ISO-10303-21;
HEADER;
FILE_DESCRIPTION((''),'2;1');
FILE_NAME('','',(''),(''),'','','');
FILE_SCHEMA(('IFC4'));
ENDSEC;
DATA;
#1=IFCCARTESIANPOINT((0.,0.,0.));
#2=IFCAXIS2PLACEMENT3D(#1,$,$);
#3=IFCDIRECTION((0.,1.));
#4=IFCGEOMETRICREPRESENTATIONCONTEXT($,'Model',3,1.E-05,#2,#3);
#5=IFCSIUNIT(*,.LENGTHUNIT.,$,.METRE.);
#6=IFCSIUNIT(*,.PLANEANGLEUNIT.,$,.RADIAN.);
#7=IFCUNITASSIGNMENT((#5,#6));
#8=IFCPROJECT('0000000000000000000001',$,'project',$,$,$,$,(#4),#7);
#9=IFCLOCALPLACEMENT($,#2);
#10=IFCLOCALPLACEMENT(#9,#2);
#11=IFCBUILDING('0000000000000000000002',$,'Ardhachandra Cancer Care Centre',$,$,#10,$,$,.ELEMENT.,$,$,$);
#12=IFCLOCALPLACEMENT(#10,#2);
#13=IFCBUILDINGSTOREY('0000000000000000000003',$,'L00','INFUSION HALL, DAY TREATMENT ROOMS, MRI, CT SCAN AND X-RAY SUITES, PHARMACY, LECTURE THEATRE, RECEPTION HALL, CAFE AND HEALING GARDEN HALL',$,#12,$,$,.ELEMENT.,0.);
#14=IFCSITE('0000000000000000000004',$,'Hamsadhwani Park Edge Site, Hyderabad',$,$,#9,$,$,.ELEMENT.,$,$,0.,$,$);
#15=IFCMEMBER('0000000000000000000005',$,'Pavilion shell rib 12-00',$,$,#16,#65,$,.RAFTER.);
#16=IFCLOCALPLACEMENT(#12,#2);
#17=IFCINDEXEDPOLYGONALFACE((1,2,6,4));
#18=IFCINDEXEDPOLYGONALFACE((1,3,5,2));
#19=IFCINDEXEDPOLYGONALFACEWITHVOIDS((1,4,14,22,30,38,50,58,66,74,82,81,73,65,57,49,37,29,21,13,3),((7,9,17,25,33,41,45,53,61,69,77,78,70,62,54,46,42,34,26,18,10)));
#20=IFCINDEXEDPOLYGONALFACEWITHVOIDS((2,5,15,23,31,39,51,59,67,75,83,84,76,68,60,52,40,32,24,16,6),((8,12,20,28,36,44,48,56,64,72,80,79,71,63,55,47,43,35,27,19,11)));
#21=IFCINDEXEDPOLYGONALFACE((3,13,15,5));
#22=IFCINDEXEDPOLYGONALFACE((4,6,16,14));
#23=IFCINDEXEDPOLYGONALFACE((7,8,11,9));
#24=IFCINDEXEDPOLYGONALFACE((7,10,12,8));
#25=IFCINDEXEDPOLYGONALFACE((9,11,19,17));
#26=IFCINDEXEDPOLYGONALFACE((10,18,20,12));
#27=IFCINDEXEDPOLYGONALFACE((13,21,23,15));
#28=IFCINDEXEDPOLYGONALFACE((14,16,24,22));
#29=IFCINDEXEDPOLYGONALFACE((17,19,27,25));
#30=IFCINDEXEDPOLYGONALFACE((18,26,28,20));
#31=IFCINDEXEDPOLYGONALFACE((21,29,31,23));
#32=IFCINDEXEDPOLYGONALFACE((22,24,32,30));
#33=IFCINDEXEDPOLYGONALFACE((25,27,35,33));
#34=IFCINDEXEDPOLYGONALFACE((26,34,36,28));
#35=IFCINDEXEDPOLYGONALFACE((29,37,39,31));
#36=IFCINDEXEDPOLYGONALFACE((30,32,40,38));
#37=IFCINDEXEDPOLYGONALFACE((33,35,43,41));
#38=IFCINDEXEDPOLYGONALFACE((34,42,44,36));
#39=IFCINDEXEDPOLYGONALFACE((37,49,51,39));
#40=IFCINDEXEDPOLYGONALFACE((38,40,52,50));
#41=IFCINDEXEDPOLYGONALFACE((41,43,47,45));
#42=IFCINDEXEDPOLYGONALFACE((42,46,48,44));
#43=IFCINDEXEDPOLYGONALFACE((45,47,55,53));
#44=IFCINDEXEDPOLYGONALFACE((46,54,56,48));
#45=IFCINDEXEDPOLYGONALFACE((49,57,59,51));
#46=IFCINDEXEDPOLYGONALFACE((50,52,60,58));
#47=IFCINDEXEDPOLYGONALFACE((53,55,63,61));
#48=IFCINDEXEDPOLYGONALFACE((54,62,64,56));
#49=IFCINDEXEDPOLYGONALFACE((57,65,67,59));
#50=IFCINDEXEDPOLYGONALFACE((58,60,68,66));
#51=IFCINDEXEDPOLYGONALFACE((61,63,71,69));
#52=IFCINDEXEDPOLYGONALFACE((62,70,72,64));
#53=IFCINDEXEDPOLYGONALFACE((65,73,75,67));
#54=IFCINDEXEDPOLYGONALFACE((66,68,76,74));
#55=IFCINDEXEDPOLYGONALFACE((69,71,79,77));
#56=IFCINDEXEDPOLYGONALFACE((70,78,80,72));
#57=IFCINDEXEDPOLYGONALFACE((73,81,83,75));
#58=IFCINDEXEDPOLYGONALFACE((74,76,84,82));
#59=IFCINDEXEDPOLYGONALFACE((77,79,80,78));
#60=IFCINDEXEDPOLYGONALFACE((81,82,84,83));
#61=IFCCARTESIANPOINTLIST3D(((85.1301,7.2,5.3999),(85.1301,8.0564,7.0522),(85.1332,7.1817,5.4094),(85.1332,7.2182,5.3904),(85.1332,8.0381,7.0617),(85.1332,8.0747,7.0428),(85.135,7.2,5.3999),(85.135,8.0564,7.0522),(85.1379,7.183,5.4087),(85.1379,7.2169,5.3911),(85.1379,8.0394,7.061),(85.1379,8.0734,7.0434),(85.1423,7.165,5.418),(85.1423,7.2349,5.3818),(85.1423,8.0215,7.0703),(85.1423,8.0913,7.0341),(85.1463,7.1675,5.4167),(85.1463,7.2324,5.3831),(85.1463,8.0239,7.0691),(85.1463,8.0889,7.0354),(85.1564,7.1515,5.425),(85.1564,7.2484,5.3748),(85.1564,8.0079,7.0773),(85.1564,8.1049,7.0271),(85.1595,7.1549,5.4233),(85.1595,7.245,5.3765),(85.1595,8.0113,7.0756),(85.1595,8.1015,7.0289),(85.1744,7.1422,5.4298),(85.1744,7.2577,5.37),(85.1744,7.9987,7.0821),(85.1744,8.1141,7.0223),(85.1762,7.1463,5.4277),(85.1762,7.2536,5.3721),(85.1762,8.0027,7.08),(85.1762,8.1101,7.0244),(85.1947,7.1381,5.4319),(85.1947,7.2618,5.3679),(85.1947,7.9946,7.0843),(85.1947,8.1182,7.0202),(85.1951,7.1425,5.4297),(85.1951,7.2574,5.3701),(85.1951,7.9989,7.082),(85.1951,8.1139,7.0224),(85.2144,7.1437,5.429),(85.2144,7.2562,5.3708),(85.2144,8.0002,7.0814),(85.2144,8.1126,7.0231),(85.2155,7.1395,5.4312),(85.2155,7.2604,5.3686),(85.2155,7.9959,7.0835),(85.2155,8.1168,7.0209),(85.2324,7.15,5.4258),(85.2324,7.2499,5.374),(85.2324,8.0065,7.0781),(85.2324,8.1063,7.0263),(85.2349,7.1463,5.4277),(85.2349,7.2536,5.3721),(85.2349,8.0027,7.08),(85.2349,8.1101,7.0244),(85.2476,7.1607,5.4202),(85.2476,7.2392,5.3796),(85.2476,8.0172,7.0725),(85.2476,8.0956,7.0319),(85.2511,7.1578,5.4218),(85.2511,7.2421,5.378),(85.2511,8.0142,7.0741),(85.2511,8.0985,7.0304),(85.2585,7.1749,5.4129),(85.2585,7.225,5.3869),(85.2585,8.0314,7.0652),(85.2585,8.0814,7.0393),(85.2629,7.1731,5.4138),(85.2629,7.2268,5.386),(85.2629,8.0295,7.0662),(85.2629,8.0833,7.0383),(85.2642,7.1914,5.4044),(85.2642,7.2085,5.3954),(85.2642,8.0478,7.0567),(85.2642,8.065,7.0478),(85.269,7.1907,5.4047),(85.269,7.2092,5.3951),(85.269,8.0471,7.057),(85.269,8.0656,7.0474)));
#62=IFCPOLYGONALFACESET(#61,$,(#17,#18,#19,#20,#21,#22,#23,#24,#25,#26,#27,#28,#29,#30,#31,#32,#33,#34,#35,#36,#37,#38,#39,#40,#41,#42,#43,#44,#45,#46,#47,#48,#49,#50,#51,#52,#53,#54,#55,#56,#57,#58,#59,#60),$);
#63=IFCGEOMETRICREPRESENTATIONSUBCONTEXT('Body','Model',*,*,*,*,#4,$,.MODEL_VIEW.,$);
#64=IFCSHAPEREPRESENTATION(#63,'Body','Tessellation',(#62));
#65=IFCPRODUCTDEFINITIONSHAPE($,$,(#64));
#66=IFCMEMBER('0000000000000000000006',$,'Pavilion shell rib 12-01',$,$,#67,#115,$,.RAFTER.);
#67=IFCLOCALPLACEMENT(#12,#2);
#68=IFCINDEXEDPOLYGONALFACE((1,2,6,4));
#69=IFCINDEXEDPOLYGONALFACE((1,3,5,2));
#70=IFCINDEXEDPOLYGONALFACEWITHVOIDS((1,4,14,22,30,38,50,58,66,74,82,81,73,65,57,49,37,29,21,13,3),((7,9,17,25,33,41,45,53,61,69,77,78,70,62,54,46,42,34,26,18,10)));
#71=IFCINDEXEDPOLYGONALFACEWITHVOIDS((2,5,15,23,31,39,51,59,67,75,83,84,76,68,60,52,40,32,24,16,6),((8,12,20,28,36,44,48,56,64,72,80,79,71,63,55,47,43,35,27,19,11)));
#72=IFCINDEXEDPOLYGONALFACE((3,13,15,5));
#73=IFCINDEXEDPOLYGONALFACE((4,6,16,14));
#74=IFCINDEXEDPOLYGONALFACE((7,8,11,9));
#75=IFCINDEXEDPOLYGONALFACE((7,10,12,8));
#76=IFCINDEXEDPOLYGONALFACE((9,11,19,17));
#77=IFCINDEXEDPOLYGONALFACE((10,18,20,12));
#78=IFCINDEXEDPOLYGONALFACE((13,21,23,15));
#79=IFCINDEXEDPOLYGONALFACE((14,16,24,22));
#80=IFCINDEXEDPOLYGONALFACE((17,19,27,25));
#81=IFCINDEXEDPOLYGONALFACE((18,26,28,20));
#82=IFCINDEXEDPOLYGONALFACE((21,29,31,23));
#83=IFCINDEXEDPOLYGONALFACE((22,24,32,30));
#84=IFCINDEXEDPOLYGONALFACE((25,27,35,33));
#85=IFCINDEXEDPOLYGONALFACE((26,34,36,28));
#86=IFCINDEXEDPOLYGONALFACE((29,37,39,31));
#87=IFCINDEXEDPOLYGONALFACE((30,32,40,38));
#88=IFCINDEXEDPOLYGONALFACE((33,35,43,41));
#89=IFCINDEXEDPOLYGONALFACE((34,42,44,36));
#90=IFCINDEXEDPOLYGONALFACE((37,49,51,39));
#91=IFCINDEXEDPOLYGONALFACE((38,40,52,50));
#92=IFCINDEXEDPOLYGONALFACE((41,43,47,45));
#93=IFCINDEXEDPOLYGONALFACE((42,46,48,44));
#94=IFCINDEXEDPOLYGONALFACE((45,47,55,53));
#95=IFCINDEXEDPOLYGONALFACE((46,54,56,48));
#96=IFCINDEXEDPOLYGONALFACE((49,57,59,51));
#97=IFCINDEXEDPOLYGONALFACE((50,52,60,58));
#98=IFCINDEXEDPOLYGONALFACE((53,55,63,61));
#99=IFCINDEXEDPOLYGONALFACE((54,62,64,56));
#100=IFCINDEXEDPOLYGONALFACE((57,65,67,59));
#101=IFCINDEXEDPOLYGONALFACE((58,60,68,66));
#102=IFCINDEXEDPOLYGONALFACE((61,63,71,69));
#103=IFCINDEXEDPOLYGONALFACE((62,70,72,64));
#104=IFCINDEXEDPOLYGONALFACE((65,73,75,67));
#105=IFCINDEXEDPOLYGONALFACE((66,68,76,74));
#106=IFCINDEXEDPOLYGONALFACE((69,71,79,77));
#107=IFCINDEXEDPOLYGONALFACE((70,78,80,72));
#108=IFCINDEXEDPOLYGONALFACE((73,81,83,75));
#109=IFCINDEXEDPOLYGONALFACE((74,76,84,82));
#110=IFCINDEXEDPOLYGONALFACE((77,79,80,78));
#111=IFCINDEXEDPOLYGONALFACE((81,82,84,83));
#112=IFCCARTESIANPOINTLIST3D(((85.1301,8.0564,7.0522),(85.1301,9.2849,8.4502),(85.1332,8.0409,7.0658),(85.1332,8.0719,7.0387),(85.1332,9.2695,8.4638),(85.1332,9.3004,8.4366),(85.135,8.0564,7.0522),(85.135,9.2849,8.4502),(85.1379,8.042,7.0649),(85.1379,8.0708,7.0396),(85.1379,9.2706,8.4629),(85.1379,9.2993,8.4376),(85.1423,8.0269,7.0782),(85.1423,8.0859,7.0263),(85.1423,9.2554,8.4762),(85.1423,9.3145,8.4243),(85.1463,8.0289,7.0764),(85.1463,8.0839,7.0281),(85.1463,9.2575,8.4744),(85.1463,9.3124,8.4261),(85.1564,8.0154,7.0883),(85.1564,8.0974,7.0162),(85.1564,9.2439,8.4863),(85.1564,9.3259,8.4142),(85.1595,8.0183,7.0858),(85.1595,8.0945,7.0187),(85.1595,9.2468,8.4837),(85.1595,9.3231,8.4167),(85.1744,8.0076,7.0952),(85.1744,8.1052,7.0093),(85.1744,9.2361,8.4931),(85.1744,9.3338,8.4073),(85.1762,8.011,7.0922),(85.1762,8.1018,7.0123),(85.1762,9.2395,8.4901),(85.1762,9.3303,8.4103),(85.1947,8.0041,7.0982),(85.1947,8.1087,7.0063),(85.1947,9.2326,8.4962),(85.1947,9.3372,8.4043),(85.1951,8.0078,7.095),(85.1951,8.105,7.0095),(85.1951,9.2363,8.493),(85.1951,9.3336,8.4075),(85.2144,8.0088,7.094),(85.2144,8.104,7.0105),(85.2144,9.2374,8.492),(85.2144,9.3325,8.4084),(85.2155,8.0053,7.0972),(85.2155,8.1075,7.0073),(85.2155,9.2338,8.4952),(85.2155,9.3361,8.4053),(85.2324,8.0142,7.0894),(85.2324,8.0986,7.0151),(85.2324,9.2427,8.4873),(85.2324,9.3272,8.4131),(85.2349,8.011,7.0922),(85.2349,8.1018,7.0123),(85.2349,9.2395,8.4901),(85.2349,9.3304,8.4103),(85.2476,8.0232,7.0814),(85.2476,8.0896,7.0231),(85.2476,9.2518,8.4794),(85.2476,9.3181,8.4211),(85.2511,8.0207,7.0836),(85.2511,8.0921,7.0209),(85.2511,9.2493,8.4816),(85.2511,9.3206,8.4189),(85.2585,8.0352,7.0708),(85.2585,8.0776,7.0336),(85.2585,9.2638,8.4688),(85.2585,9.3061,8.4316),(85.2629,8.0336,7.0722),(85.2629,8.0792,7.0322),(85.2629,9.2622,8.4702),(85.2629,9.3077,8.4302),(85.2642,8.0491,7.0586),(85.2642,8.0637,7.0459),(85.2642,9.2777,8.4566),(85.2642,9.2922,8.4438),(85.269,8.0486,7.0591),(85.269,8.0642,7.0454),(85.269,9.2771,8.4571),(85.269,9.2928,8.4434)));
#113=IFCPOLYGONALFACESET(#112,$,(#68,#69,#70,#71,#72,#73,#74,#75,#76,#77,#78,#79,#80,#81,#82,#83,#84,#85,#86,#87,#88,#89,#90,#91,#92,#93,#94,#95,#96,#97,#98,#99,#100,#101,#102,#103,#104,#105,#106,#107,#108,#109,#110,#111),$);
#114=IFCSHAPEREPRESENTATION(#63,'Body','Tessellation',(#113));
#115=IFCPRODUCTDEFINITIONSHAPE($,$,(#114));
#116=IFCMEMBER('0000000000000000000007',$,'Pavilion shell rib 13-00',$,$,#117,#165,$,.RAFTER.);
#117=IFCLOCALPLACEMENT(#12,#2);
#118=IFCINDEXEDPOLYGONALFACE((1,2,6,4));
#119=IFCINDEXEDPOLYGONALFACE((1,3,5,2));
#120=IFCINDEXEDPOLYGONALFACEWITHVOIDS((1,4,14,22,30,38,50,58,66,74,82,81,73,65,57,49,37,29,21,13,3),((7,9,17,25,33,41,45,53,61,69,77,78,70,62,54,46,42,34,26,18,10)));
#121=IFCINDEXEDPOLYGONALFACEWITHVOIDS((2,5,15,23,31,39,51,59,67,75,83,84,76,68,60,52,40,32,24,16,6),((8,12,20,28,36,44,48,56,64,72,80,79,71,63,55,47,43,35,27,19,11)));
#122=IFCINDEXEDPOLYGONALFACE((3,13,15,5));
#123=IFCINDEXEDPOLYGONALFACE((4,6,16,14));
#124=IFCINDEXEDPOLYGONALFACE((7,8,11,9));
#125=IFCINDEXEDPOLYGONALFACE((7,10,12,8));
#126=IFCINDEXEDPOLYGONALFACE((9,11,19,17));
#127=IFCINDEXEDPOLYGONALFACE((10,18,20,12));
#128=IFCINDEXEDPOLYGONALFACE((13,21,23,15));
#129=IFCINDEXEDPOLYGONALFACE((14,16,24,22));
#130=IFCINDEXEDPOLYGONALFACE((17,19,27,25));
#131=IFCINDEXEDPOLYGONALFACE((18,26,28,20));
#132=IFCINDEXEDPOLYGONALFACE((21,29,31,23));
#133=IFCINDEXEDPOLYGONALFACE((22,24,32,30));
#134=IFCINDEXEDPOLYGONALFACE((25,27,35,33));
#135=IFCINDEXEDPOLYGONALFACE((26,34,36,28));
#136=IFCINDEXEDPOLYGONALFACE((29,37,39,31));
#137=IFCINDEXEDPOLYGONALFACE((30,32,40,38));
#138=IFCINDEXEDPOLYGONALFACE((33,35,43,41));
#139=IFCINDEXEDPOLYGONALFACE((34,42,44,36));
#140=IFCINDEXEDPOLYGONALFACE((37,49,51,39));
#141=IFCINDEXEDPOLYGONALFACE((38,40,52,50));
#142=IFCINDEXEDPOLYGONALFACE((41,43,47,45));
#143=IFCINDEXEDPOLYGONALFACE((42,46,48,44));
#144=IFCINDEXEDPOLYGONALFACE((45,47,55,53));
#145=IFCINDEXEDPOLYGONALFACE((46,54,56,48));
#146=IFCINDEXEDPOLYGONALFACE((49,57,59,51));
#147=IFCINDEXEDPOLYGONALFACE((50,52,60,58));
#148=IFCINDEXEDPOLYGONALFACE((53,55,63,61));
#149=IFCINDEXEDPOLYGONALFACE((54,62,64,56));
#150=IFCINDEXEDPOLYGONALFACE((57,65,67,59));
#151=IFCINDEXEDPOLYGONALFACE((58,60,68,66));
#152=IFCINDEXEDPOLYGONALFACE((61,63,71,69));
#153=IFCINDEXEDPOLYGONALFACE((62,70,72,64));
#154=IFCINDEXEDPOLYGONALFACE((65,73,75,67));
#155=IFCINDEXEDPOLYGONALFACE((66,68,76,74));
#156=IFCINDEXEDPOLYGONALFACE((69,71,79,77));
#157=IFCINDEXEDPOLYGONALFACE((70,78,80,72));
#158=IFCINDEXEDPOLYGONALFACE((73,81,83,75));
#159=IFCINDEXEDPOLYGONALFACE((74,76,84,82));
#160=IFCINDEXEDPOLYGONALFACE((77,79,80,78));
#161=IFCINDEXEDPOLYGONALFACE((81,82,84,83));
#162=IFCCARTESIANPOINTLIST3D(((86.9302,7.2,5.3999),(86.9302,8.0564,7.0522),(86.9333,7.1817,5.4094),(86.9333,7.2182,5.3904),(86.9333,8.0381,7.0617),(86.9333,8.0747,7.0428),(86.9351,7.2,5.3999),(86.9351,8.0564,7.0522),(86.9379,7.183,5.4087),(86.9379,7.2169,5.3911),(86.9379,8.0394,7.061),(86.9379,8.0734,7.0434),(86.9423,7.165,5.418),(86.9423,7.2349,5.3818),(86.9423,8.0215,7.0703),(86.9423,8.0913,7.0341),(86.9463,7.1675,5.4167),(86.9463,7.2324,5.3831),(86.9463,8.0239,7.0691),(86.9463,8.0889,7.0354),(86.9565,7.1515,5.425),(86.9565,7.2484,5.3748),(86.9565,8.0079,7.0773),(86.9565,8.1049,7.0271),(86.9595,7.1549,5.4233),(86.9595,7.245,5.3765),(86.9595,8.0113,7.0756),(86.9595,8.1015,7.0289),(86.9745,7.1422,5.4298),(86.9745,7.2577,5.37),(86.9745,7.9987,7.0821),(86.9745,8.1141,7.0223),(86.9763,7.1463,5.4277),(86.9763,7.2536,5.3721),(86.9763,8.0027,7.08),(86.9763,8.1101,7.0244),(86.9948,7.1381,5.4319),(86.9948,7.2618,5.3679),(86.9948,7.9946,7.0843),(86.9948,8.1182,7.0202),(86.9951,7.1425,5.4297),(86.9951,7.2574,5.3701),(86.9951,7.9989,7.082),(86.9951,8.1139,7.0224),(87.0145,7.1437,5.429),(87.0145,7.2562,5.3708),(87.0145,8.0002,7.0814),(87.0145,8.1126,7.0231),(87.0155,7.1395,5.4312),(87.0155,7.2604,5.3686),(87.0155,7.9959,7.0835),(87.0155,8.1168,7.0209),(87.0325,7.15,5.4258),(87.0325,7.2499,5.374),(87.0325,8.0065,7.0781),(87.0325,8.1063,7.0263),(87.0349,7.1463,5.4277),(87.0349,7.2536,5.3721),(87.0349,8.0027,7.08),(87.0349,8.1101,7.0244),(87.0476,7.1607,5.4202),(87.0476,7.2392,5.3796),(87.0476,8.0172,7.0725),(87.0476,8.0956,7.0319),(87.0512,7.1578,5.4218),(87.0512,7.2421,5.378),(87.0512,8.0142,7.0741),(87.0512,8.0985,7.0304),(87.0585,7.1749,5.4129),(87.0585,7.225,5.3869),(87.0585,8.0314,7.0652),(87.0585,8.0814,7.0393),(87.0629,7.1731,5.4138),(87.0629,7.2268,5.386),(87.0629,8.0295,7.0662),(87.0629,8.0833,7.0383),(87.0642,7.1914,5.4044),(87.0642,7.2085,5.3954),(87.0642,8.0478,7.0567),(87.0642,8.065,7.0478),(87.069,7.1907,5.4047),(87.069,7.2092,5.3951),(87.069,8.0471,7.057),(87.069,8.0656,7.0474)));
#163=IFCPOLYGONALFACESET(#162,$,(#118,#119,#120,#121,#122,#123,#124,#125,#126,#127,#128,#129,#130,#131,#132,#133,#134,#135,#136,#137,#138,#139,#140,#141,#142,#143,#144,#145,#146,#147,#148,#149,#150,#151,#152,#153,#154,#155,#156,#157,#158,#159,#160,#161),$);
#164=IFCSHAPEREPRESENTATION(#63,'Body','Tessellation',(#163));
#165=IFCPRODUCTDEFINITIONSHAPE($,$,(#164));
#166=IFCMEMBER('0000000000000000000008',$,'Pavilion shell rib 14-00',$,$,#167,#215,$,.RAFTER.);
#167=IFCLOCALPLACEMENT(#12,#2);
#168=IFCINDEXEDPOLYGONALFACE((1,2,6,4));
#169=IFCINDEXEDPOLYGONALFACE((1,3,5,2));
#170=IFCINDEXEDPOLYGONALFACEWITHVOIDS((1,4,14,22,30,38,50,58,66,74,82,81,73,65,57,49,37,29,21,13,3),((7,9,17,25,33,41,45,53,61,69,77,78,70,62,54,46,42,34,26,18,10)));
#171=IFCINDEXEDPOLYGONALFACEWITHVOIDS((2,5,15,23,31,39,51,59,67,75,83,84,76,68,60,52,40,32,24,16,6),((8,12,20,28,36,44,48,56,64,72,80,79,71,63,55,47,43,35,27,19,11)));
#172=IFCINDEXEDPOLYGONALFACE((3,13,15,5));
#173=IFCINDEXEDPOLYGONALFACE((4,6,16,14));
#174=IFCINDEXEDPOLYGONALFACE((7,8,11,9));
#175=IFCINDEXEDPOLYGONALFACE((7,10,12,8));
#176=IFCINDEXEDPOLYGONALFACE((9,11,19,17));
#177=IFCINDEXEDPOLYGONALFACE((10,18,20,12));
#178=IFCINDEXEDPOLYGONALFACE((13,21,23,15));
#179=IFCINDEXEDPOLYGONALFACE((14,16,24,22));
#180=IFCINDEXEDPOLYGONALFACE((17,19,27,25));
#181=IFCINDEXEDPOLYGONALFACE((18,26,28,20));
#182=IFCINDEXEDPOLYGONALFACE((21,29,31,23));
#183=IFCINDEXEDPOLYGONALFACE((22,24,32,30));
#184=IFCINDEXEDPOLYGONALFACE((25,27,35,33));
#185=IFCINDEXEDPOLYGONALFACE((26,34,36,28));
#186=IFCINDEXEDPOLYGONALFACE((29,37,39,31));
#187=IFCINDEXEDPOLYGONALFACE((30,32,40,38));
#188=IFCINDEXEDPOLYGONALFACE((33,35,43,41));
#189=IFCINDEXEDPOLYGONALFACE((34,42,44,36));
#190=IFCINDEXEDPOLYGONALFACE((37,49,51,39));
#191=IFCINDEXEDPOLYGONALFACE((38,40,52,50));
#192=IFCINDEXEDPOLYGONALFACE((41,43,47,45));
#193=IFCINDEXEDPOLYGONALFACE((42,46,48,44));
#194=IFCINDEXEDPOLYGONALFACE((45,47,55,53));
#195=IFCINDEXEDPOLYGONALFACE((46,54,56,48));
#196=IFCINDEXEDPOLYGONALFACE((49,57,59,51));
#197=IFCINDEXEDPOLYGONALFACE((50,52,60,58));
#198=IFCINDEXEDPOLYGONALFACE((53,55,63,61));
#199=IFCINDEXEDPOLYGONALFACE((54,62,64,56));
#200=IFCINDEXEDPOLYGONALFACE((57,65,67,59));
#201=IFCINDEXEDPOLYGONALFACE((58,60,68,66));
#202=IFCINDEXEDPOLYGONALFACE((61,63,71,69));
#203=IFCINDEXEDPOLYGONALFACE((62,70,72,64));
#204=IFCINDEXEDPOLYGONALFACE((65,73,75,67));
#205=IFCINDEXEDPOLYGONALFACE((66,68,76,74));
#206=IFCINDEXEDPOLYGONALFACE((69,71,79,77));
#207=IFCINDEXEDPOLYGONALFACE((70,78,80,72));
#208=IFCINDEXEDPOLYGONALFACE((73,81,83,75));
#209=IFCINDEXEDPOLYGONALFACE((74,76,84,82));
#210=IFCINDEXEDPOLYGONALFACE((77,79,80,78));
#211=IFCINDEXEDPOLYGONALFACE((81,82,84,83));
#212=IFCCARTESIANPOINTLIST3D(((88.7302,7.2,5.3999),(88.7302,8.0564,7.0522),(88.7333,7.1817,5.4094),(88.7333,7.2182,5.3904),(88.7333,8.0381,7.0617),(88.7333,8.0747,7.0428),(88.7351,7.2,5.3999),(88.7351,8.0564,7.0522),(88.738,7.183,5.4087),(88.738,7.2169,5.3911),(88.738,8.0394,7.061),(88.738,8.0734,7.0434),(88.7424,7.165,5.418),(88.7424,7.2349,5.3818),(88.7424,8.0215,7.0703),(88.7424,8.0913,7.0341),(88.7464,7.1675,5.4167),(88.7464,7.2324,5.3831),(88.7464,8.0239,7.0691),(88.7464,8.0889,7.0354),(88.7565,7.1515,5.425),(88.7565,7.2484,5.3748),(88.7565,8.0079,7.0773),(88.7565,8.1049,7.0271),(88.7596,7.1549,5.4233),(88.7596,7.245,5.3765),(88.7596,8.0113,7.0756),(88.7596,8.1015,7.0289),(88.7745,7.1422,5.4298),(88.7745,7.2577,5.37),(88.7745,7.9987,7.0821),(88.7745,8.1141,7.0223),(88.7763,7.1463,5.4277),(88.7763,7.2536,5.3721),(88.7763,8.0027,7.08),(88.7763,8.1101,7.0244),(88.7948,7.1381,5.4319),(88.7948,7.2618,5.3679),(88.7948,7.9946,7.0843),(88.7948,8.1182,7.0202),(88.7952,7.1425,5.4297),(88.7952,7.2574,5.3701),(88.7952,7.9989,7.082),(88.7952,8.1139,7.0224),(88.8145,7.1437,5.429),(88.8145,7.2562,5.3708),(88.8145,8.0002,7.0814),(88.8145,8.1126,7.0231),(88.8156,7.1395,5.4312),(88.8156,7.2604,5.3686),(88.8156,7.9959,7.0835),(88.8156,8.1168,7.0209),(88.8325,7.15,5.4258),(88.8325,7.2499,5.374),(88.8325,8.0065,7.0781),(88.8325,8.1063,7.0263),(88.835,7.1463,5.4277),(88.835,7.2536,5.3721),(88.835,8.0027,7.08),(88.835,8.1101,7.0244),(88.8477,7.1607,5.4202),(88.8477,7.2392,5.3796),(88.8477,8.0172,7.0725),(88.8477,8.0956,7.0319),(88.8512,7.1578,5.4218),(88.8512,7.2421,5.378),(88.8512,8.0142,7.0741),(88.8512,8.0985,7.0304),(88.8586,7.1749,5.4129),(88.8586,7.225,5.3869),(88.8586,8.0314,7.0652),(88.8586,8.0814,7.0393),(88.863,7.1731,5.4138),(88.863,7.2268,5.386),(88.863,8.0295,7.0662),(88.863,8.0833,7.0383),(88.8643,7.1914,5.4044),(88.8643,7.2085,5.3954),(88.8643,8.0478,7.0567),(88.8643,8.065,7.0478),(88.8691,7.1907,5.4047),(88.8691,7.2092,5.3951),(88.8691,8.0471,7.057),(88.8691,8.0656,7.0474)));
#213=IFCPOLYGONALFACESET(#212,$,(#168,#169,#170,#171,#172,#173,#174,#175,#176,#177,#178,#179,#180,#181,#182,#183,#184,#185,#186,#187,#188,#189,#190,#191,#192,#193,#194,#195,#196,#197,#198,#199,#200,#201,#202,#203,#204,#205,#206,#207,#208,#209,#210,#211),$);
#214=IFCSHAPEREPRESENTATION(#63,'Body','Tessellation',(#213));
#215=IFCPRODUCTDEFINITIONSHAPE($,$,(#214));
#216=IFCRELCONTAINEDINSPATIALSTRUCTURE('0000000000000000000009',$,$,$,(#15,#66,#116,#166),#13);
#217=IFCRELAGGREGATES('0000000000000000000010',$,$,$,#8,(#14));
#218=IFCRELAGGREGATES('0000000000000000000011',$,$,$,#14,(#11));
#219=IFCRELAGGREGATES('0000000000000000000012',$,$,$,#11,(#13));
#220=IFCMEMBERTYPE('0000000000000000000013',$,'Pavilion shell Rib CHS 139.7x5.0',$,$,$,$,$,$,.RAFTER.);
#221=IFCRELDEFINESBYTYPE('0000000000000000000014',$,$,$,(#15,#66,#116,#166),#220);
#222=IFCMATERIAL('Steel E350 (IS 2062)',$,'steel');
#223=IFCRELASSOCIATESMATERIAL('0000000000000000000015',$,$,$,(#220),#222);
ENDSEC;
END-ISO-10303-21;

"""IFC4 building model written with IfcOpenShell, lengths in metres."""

from ifc_helpers import new_model, si_unit, direction, frame, origin, origin_2d, place, context, subcontext, project, spatial, hollow_circle, extrude, material, material_profile, profile_set, type_object, element, save


model = new_model("IFC4")

# Units and contexts
model_context = context("Model", 3, precision=1e-05, world=origin(), true_north=direction((0.0, 1.0)))
body_context = subcontext(model_context, "Body", "Model", "MODEL_VIEW")
ifc_project = project(units=[si_unit("LENGTHUNIT", "METRE"), si_unit("PLANEANGLEUNIT", "RADIAN")], contexts=[model_context])

# Site, building, storey
site_placement = place(None, origin())
site = spatial("IfcSite", under=ifc_project, at=site_placement, Name="Hamsadhwani Park Edge Site, Hyderabad", CompositionType="ELEMENT", RefElevation=0.0)
building_placement = place(site_placement, origin())
building = spatial("IfcBuilding", under=site, at=building_placement, Name="Ardhachandra Cancer Care Centre", CompositionType="ELEMENT")
storey_placement = place(building_placement, origin())
storey = spatial("IfcBuildingStorey", under=building, at=storey_placement, Name="L00", Description="INFUSION HALL, DAY TREATMENT ROOMS, MRI, CT SCAN AND X-RAY SUITES, PHARMACY, LECTURE THEATRE, RECEPTION HALL, CAFE AND HEALING GARDEN HALL", CompositionType="ELEMENT", Elevation=0.0)

# Members
ifc_material_1 = material(Name="Steel E350 (IS 2062)", Category="steel")
ifc_material_profile_1 = material_profile(ifc_material_1, hollow_circle(Radius=0.0698, WallThickness=0.0049, at=origin_2d()), Name="CHS 139.7x5.0")
ifc_profile_set_1 = profile_set([ifc_material_profile_1], Name="Steel E350 (IS 2062)")
member_type_1 = type_object("IfcMemberType", Name="Pavilion shell Rib CHS 139.7x5.0", PredefinedType="RAFTER", material=ifc_profile_set_1)
for number, where, z_axis, x_axis, name in (
    (1, (85.2, 7.2, 5.3999), (0.0, 0.460179, 0.887826), (-1.0, 0.0, 0.0), "Pavilion shell rib 12-00"),
    (2, (85.2, 8.0564, 7.0522), (0.0, 0.660119, 0.751161), (-1.0, 0.0, 0.0), "Pavilion shell rib 12-01"),
    (3, (87.0, 7.2, 5.3999), (0.0, 0.460179, 0.887826), (-1.0, 0.0, 0.0), "Pavilion shell rib 13-00"),
    (4, (88.8, 7.2, 5.3999), (0.0, 0.460179, 0.887826), (-1.0, 0.0, 0.0), "Pavilion shell rib 14-00"),
):
    element("IfcMember", number, at=place(storey_placement, frame(where, z_axis=z_axis, x_axis=x_axis)), inside=storey, type_object=member_type_1, Name=name, PredefinedType="RAFTER", context=body_context, shape_type="SweptSolid", body=[
        extrude(hollow_circle(Radius=0.0698, WallThickness=0.0049, at=origin_2d()), origin(), (0.0, 0.0, 1.0), 1.8611),
    ])

save(model, "model.ifc")
